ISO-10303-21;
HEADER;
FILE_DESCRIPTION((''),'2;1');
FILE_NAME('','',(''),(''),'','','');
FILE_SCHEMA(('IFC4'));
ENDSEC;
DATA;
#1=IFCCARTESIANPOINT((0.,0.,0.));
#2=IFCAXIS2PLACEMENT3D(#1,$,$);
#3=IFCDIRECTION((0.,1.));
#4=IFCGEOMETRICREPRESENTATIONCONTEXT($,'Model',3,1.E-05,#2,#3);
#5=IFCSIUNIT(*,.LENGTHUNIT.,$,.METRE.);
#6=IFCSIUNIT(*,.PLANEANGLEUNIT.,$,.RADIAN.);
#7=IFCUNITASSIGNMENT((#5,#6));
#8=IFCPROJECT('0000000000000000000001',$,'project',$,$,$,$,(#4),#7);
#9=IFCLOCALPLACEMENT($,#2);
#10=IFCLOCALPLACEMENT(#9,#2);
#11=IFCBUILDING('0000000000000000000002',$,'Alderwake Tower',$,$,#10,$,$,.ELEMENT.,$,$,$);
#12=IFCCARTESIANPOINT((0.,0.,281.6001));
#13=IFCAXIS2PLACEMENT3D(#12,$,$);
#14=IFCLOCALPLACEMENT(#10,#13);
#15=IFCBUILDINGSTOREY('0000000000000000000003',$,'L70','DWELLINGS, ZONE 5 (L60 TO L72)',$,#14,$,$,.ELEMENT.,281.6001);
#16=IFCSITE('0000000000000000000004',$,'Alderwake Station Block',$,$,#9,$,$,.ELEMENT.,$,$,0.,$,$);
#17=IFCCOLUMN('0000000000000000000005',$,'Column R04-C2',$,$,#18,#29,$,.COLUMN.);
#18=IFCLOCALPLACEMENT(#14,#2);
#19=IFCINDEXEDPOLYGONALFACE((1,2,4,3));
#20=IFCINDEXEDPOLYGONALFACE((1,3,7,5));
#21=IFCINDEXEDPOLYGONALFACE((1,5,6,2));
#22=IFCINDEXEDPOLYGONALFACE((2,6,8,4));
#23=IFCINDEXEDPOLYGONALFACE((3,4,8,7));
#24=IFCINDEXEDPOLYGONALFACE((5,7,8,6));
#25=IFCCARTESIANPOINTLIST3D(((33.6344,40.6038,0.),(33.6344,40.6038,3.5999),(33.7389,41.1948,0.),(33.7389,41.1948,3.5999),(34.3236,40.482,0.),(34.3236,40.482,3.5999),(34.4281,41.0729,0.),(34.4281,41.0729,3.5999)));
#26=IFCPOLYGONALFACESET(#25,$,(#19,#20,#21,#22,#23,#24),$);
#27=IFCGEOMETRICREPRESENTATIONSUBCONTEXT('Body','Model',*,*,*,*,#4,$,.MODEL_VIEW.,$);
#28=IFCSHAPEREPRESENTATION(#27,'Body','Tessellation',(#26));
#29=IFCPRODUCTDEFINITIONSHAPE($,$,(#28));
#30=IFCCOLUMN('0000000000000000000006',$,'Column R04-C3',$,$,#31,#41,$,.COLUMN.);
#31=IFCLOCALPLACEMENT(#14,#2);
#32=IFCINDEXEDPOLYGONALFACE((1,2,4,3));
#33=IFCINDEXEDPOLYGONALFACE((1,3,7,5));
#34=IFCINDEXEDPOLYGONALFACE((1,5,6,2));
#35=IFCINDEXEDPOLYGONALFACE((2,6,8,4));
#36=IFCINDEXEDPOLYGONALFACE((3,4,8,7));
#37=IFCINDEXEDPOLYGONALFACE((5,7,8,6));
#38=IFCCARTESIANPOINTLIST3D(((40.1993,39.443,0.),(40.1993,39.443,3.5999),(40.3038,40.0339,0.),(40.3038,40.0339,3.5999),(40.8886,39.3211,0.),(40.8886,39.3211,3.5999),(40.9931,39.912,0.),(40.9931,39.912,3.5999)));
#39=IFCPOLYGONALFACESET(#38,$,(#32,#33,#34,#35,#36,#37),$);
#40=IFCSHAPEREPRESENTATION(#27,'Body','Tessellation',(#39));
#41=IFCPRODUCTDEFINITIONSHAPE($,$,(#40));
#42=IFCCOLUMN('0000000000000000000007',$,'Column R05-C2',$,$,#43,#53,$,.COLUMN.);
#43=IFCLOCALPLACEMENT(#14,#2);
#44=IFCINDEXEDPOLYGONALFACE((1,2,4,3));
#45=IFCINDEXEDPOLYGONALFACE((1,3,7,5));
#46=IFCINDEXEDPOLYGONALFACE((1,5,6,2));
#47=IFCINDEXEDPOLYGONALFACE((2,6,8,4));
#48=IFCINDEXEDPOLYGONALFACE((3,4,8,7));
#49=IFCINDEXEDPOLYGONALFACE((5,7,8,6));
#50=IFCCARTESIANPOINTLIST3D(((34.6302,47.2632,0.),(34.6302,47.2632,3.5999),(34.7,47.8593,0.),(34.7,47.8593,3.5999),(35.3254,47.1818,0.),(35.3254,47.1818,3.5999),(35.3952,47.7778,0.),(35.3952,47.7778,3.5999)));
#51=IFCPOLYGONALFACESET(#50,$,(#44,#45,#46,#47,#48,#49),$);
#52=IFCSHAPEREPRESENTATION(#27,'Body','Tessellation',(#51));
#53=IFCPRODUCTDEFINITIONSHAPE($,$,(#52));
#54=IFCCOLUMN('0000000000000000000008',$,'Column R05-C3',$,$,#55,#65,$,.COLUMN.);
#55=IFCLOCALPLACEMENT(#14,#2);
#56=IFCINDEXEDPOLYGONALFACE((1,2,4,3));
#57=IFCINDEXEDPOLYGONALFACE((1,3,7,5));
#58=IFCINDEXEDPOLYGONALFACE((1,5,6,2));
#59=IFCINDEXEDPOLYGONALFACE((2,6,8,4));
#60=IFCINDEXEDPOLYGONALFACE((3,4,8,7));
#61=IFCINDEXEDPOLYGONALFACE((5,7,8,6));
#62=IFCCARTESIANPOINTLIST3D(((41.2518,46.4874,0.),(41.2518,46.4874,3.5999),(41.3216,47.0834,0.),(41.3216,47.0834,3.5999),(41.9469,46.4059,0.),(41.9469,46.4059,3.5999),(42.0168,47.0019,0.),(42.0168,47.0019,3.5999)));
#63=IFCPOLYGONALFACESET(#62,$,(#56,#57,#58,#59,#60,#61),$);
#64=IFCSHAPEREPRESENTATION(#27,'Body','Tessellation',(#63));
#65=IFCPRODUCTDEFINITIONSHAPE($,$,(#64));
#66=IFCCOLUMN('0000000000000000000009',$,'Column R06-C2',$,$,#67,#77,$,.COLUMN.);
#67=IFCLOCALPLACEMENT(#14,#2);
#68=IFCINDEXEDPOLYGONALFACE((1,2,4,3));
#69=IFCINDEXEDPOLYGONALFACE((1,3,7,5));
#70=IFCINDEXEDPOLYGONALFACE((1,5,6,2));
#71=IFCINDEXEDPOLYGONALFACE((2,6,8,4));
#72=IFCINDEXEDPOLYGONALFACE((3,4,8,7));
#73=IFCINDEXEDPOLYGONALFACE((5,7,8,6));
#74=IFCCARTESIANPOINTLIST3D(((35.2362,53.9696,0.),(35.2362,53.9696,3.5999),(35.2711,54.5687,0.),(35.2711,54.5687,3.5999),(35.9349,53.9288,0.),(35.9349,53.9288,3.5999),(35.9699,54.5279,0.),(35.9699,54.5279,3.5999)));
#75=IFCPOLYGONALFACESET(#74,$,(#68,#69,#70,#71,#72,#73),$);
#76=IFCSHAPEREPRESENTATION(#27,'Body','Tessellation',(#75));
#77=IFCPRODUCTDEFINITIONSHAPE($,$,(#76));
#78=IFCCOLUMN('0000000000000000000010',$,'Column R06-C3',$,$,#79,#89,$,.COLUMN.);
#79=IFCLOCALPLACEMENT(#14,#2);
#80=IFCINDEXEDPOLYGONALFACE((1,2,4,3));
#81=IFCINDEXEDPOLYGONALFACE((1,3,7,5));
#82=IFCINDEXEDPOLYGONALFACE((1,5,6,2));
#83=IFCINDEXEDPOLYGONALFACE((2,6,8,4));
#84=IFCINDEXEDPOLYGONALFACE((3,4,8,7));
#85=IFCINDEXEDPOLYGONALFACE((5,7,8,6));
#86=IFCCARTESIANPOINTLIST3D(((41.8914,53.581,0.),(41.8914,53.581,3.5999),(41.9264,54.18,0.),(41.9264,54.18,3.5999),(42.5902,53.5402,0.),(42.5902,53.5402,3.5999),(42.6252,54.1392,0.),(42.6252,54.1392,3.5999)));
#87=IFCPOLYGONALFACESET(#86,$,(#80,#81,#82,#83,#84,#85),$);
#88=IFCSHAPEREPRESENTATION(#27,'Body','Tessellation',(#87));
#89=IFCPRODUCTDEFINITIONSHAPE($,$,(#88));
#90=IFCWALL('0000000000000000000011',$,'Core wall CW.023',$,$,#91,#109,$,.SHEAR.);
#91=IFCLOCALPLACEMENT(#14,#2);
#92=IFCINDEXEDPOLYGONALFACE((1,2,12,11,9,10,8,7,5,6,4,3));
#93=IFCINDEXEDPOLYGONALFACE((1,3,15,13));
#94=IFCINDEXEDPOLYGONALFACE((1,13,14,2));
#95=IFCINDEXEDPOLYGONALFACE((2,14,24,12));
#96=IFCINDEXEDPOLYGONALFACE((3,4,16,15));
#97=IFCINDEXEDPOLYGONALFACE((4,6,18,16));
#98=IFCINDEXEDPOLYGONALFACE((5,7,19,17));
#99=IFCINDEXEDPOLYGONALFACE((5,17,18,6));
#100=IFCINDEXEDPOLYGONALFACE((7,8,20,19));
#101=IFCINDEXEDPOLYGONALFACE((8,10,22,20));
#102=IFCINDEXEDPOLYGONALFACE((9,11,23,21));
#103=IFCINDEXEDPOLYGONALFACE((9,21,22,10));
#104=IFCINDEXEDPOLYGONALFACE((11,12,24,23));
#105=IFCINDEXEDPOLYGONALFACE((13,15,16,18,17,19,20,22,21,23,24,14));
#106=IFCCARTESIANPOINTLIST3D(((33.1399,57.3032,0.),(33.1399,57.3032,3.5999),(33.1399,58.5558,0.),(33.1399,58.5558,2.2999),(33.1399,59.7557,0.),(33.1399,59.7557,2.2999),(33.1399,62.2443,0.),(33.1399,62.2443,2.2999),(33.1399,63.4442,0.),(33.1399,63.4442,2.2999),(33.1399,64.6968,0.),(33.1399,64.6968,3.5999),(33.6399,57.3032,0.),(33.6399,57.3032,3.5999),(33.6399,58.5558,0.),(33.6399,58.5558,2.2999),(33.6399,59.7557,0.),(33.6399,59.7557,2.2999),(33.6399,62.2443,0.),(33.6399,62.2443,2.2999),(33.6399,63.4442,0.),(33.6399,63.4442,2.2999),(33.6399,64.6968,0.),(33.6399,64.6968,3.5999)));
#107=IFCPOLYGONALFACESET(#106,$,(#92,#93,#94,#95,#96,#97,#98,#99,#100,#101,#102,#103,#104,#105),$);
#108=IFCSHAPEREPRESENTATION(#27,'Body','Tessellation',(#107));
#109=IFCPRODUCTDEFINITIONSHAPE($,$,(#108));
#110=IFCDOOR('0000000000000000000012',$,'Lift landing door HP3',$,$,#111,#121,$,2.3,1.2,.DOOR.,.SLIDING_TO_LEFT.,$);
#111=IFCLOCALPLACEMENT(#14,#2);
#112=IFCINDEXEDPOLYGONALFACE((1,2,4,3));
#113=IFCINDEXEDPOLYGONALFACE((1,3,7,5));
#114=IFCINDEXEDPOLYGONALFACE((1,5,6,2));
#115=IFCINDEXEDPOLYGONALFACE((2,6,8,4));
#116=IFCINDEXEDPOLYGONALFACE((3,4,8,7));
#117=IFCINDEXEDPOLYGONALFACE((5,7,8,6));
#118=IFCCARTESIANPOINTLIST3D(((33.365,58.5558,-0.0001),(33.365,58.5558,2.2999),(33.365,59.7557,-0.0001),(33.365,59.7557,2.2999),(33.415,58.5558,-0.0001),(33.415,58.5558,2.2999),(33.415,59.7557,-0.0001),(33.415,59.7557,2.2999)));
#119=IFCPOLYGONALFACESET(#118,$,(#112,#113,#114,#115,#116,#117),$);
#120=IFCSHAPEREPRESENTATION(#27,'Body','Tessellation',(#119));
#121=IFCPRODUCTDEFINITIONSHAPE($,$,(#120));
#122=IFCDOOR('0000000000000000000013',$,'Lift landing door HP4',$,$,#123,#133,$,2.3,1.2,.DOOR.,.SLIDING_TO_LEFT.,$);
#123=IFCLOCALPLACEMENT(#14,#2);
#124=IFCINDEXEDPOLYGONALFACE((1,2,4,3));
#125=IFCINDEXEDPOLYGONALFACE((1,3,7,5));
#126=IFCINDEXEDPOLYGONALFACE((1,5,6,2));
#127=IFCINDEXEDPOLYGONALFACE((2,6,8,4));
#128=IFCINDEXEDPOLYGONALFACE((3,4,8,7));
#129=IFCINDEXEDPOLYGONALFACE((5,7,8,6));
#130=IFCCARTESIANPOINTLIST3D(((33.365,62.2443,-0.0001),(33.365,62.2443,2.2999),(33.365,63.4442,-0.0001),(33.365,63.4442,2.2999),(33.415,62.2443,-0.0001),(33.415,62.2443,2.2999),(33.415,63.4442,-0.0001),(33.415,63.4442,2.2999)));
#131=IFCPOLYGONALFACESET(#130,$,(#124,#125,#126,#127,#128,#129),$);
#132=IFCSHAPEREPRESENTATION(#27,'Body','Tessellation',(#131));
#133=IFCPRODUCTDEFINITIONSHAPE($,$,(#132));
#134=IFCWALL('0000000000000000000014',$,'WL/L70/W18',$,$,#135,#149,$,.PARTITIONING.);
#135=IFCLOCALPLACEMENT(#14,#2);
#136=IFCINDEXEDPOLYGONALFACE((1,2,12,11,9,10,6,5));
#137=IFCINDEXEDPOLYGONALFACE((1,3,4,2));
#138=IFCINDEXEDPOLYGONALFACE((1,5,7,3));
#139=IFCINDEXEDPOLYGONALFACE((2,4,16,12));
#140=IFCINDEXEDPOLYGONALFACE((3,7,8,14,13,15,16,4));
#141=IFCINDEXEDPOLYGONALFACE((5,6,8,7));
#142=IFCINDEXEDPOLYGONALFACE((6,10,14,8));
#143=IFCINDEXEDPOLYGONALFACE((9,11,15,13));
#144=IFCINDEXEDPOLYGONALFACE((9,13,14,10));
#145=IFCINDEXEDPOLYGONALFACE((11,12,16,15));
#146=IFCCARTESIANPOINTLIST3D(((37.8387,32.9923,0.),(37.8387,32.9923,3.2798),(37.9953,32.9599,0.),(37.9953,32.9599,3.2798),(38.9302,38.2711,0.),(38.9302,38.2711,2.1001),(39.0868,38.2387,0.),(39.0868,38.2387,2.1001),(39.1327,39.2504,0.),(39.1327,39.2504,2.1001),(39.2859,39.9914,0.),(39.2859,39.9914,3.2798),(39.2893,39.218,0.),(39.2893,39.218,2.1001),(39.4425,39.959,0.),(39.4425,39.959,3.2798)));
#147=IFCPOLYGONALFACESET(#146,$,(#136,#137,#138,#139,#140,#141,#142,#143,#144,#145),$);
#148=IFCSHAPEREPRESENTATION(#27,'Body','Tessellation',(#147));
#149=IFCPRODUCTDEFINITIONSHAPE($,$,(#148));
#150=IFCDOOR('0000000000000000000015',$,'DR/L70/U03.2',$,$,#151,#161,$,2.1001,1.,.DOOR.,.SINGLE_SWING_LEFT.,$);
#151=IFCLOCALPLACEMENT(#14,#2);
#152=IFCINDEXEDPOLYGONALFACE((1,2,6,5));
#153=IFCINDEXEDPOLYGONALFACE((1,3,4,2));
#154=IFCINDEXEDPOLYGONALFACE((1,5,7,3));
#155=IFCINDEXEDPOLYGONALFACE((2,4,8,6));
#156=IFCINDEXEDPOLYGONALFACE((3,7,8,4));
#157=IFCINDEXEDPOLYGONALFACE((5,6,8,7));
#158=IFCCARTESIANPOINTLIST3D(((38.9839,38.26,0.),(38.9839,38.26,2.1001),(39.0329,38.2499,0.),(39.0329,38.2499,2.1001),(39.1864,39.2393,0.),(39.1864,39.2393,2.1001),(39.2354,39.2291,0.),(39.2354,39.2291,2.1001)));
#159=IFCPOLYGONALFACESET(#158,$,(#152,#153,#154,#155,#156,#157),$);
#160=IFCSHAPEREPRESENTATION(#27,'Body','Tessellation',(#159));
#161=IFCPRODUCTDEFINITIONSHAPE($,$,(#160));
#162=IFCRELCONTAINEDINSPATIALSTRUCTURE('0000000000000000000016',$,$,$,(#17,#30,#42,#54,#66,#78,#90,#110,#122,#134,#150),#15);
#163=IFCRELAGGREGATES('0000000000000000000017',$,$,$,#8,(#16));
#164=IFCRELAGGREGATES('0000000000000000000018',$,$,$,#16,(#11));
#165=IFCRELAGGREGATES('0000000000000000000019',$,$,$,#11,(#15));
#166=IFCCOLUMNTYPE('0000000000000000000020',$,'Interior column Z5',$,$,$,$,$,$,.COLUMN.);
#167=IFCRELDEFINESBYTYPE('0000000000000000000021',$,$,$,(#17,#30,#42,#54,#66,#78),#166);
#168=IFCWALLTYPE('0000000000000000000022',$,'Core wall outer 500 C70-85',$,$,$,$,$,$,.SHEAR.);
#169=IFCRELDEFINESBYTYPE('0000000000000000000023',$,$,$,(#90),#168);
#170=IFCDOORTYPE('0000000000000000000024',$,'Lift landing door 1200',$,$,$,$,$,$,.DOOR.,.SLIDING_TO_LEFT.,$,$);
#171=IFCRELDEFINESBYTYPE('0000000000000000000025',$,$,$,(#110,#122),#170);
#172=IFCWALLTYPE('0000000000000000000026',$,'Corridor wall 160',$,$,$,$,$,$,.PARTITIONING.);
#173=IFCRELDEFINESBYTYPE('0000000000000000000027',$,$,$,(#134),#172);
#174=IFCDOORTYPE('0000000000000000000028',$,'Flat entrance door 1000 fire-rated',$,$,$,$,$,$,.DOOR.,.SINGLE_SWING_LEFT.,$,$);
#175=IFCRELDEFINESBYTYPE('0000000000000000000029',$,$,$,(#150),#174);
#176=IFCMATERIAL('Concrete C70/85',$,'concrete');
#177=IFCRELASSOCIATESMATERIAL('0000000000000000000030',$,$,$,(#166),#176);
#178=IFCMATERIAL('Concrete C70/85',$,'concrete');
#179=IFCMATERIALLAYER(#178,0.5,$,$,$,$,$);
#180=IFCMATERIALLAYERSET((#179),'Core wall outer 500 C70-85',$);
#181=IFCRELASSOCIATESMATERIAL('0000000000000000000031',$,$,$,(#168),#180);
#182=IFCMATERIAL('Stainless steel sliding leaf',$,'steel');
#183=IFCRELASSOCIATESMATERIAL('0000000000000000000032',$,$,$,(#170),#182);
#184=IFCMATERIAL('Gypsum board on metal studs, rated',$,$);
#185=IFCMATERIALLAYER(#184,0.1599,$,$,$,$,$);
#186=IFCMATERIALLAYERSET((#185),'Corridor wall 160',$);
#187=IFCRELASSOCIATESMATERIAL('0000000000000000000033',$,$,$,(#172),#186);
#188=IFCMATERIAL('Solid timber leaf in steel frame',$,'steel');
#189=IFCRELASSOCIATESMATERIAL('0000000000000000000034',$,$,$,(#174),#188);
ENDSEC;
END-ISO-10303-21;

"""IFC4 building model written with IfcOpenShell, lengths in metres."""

from ifc_helpers import new_model, si_unit, direction, frame, frame_2d, origin, origin_2d, place, context, subcontext, project, spatial, rectangle, extrude, material, layer, layer_set, material_profile, profile_set, type_object, element, fill, save


model = new_model("IFC4")

# Units and contexts
model_context = context("Model", 3, precision=1e-05, world=origin(), true_north=direction((0.0, 1.0)))
body_context = subcontext(model_context, "Body", "Model", "MODEL_VIEW")
ifc_project = project(units=[si_unit("LENGTHUNIT", "METRE"), si_unit("PLANEANGLEUNIT", "RADIAN")], contexts=[model_context])

# Site, building, storey
site_placement = place(None, origin())
site = spatial("IfcSite", under=ifc_project, at=site_placement, Name="Alderwake Station Block", CompositionType="ELEMENT", RefElevation=0.0)
building_placement = place(site_placement, origin())
building = spatial("IfcBuilding", under=site, at=building_placement, Name="Alderwake Tower", CompositionType="ELEMENT")
storey_placement = place(building_placement, frame((0.0, 0.0, 281.6001)))
storey = spatial("IfcBuildingStorey", under=building, at=storey_placement, Name="L70", Description="DWELLINGS, ZONE 5 (L60 TO L72)", CompositionType="ELEMENT", Elevation=281.6001)

# Columns
ifc_material_1 = material(Name="Concrete C70/85", Category="concrete")
ifc_material_profile = material_profile(ifc_material_1, rectangle(XDim=0.6001, YDim=0.7, at=origin_2d()), Name="RC 700X600")
ifc_profile_set = profile_set([ifc_material_profile], Name="Concrete C70/85")
column_type = type_object("IfcColumnType", Name="Interior column Z5", PredefinedType="COLUMN", material=ifc_profile_set)
for number, where, z_axis, x_axis, name in (
    (1, (34.0312, 40.8384, 0.0), (0.0, 0.0, 1.0), (0.174109, 0.984726, 0.0), "Column R04-C2"),
    (2, (40.5962, 39.6775, 0.0), (0.0, 0.0, 1.0), (0.174107, 0.984727, 0.0), "Column R04-C3"),
    (3, (35.0127, 47.5205, 0.0), (0.0, 0.0, 1.0), (0.116402, 0.993202, 0.0), "Column R05-C2"),
    (4, (41.6343, 46.7446, 0.0), (0.0, 0.0, 1.0), (0.116402, 0.993202, 0.0), "Column R05-C3"),
    (5, (35.603, 54.2488, 0.0), (0.0, 0.0, 1.0), (0.058301, 0.998299, 0.0), "Column R06-C2"),
    (6, (42.2583, 53.8601, 0.0), (0.0, 0.0, 1.0), (0.058299, 0.998299, 0.0), "Column R06-C3"),
):
    element("IfcColumn", number, at=place(storey_placement, frame(where, z_axis=z_axis, x_axis=x_axis)), inside=storey, type_object=column_type, Name=name, PredefinedType="COLUMN", context=body_context, shape_type="SweptSolid", body=[
        extrude(rectangle(XDim=0.6001, YDim=0.7, at=origin_2d()), origin(), (0.0, 0.0, 1.0), 3.5999),
    ])

# Wall, openings, doors
ifc_material_2 = material(Name="Concrete C70/85", Category="concrete")
ifc_layer_1 = layer(ifc_material_2, 0.5)
ifc_layer_set_1 = layer_set([ifc_layer_1], Name="Core wall outer 500 C70-85")
wall_type_1 = type_object("IfcWallType", Name="Core wall outer 500 C70-85", PredefinedType="SHEAR", material=ifc_layer_set_1)
wall_1_placement = place(storey_placement, frame((33.3899, 57.3032, 0.0), z_axis=(0.0, 0.0, 1.0), x_axis=(0.0, 1.0, 0.0)))
wall_1 = element("IfcWall", 7, at=wall_1_placement, inside=storey, type_object=wall_type_1, Name="Core wall CW.023", PredefinedType="SHEAR", context=body_context, shape_type="SweptSolid", body=[
    extrude(rectangle(XDim=7.3936, YDim=0.5, at=frame_2d((3.6968, 0.0))), origin(), (0.0, 0.0, 1.0), 3.5999),
])
opening_1_placement = place(wall_1_placement, frame((1.2524, 0.0, 0.0)))
opening_1 = element("IfcOpeningElement", 8, at=opening_1_placement, cuts=wall_1, PredefinedType="OPENING", context=body_context, shape_type="SweptSolid", body=[
    extrude(rectangle(XDim=1.2, YDim=2.3, at=frame_2d((0.6001, 1.1499))), frame((0.0, 0.26, 0.0), z_axis=(0.0, -1.0, 0.0), x_axis=(1.0, 0.0, 0.0)), (0.0, 0.0, 1.0), 0.52),
])
opening_2_placement = place(wall_1_placement, frame((4.9409, 0.0, 0.0)))
opening_2 = element("IfcOpeningElement", 9, at=opening_2_placement, cuts=wall_1, PredefinedType="OPENING", context=body_context, shape_type="SweptSolid", body=[
    extrude(rectangle(XDim=1.2, YDim=2.3, at=frame_2d((0.6001, 1.1499))), frame((0.0, 0.26, 0.0), z_axis=(0.0, -1.0, 0.0), x_axis=(1.0, 0.0, 0.0)), (0.0, 0.0, 1.0), 0.52),
])
ifc_material_3 = material(Name="Stainless steel sliding leaf", Category="steel")
door_type_1 = type_object("IfcDoorType", Name="Lift landing door 1200", OperationType="SLIDING_TO_LEFT", PredefinedType="DOOR", material=ifc_material_3)
door_1_placement = place(opening_1_placement, origin())
door_1 = element("IfcDoor", 10, at=door_1_placement, inside=storey, type_object=door_type_1, Name="Lift landing door HP3", OperationType="SLIDING_TO_LEFT", OverallHeight=2.3, OverallWidth=1.2, PredefinedType="DOOR", context=body_context, shape_type="SweptSolid", body=[
    extrude(rectangle(XDim=1.2, YDim=2.3, at=frame_2d((0.6001, 1.1499))), frame((0.0, 0.0249, 0.0), z_axis=(0.0, -1.0, 0.0), x_axis=(1.0, 0.0, 0.0)), (0.0, 0.0, 1.0), 0.05),
])
fill(opening_1, door_1)
door_2_placement = place(opening_2_placement, origin())
door_2 = element("IfcDoor", 11, at=door_2_placement, inside=storey, type_object=door_type_1, Name="Lift landing door HP4", OperationType="SLIDING_TO_LEFT", OverallHeight=2.3, OverallWidth=1.2, PredefinedType="DOOR", context=body_context, shape_type="SweptSolid", body=[
    extrude(rectangle(XDim=1.2, YDim=2.3, at=frame_2d((0.6001, 1.1499))), frame((0.0, 0.0249, 0.0), z_axis=(0.0, -1.0, 0.0), x_axis=(1.0, 0.0, 0.0)), (0.0, 0.0, 1.0), 0.05),
])
fill(opening_2, door_2)

# Wall, opening, door
ifc_material_4 = material(Name="Gypsum board on metal studs, rated")
ifc_layer_2 = layer(ifc_material_4, 0.1599)
ifc_layer_set_2 = layer_set([ifc_layer_2], Name="Corridor wall 160")
wall_type_2 = type_object("IfcWallType", Name="Corridor wall 160", PredefinedType="PARTITIONING", material=ifc_layer_set_2)
wall_2_placement = place(storey_placement, frame((39.3643, 39.9753, 0.0), z_axis=(0.0, 0.0, 1.0), x_axis=(-0.20249, -0.979284, 0.0)))
wall_2 = element("IfcWall", 12, at=wall_2_placement, inside=storey, type_object=wall_type_2, Name="WL/L70/W18", PredefinedType="PARTITIONING", context=body_context, shape_type="SweptSolid", body=[
    extrude(rectangle(XDim=7.1472, YDim=0.1599, at=frame_2d((3.5737, 0.0))), origin(), (0.0, 0.0, 1.0), 3.2798),
])
opening_3_placement = place(wall_2_placement, frame((0.7568, 0.0, 0.0)))
opening_3 = element("IfcOpeningElement", 13, at=opening_3_placement, cuts=wall_2, PredefinedType="OPENING", context=body_context, shape_type="SweptSolid", body=[
    extrude(rectangle(XDim=1.0, YDim=2.1001, at=frame_2d((0.5, 1.05))), frame((0.0, 0.0898, 0.0), z_axis=(0.0, -1.0, 0.0), x_axis=(1.0, 0.0, 0.0)), (0.0, 0.0, 1.0), 0.1799),
])
ifc_material_5 = material(Name="Solid timber leaf in steel frame", Category="steel")
door_type_2 = type_object("IfcDoorType", Name="Flat entrance door 1000 fire-rated", OperationType="SINGLE_SWING_LEFT", PredefinedType="DOOR", material=ifc_material_5)
door_3_placement = place(opening_3_placement, origin())
door_3 = element("IfcDoor", 14, at=door_3_placement, inside=storey, type_object=door_type_2, Name="DR/L70/U03.2", OperationType="SINGLE_SWING_LEFT", OverallHeight=2.1001, OverallWidth=1.0, PredefinedType="DOOR", context=body_context, shape_type="SweptSolid", body=[
    extrude(rectangle(XDim=1.0, YDim=2.1001, at=frame_2d((0.5, 1.05))), frame((0.0, 0.0249, 0.0), z_axis=(0.0, -1.0, 0.0), x_axis=(1.0, 0.0, 0.0)), (0.0, 0.0, 1.0), 0.05),
])
fill(opening_3, door_3)

save(model, "model.ifc")
